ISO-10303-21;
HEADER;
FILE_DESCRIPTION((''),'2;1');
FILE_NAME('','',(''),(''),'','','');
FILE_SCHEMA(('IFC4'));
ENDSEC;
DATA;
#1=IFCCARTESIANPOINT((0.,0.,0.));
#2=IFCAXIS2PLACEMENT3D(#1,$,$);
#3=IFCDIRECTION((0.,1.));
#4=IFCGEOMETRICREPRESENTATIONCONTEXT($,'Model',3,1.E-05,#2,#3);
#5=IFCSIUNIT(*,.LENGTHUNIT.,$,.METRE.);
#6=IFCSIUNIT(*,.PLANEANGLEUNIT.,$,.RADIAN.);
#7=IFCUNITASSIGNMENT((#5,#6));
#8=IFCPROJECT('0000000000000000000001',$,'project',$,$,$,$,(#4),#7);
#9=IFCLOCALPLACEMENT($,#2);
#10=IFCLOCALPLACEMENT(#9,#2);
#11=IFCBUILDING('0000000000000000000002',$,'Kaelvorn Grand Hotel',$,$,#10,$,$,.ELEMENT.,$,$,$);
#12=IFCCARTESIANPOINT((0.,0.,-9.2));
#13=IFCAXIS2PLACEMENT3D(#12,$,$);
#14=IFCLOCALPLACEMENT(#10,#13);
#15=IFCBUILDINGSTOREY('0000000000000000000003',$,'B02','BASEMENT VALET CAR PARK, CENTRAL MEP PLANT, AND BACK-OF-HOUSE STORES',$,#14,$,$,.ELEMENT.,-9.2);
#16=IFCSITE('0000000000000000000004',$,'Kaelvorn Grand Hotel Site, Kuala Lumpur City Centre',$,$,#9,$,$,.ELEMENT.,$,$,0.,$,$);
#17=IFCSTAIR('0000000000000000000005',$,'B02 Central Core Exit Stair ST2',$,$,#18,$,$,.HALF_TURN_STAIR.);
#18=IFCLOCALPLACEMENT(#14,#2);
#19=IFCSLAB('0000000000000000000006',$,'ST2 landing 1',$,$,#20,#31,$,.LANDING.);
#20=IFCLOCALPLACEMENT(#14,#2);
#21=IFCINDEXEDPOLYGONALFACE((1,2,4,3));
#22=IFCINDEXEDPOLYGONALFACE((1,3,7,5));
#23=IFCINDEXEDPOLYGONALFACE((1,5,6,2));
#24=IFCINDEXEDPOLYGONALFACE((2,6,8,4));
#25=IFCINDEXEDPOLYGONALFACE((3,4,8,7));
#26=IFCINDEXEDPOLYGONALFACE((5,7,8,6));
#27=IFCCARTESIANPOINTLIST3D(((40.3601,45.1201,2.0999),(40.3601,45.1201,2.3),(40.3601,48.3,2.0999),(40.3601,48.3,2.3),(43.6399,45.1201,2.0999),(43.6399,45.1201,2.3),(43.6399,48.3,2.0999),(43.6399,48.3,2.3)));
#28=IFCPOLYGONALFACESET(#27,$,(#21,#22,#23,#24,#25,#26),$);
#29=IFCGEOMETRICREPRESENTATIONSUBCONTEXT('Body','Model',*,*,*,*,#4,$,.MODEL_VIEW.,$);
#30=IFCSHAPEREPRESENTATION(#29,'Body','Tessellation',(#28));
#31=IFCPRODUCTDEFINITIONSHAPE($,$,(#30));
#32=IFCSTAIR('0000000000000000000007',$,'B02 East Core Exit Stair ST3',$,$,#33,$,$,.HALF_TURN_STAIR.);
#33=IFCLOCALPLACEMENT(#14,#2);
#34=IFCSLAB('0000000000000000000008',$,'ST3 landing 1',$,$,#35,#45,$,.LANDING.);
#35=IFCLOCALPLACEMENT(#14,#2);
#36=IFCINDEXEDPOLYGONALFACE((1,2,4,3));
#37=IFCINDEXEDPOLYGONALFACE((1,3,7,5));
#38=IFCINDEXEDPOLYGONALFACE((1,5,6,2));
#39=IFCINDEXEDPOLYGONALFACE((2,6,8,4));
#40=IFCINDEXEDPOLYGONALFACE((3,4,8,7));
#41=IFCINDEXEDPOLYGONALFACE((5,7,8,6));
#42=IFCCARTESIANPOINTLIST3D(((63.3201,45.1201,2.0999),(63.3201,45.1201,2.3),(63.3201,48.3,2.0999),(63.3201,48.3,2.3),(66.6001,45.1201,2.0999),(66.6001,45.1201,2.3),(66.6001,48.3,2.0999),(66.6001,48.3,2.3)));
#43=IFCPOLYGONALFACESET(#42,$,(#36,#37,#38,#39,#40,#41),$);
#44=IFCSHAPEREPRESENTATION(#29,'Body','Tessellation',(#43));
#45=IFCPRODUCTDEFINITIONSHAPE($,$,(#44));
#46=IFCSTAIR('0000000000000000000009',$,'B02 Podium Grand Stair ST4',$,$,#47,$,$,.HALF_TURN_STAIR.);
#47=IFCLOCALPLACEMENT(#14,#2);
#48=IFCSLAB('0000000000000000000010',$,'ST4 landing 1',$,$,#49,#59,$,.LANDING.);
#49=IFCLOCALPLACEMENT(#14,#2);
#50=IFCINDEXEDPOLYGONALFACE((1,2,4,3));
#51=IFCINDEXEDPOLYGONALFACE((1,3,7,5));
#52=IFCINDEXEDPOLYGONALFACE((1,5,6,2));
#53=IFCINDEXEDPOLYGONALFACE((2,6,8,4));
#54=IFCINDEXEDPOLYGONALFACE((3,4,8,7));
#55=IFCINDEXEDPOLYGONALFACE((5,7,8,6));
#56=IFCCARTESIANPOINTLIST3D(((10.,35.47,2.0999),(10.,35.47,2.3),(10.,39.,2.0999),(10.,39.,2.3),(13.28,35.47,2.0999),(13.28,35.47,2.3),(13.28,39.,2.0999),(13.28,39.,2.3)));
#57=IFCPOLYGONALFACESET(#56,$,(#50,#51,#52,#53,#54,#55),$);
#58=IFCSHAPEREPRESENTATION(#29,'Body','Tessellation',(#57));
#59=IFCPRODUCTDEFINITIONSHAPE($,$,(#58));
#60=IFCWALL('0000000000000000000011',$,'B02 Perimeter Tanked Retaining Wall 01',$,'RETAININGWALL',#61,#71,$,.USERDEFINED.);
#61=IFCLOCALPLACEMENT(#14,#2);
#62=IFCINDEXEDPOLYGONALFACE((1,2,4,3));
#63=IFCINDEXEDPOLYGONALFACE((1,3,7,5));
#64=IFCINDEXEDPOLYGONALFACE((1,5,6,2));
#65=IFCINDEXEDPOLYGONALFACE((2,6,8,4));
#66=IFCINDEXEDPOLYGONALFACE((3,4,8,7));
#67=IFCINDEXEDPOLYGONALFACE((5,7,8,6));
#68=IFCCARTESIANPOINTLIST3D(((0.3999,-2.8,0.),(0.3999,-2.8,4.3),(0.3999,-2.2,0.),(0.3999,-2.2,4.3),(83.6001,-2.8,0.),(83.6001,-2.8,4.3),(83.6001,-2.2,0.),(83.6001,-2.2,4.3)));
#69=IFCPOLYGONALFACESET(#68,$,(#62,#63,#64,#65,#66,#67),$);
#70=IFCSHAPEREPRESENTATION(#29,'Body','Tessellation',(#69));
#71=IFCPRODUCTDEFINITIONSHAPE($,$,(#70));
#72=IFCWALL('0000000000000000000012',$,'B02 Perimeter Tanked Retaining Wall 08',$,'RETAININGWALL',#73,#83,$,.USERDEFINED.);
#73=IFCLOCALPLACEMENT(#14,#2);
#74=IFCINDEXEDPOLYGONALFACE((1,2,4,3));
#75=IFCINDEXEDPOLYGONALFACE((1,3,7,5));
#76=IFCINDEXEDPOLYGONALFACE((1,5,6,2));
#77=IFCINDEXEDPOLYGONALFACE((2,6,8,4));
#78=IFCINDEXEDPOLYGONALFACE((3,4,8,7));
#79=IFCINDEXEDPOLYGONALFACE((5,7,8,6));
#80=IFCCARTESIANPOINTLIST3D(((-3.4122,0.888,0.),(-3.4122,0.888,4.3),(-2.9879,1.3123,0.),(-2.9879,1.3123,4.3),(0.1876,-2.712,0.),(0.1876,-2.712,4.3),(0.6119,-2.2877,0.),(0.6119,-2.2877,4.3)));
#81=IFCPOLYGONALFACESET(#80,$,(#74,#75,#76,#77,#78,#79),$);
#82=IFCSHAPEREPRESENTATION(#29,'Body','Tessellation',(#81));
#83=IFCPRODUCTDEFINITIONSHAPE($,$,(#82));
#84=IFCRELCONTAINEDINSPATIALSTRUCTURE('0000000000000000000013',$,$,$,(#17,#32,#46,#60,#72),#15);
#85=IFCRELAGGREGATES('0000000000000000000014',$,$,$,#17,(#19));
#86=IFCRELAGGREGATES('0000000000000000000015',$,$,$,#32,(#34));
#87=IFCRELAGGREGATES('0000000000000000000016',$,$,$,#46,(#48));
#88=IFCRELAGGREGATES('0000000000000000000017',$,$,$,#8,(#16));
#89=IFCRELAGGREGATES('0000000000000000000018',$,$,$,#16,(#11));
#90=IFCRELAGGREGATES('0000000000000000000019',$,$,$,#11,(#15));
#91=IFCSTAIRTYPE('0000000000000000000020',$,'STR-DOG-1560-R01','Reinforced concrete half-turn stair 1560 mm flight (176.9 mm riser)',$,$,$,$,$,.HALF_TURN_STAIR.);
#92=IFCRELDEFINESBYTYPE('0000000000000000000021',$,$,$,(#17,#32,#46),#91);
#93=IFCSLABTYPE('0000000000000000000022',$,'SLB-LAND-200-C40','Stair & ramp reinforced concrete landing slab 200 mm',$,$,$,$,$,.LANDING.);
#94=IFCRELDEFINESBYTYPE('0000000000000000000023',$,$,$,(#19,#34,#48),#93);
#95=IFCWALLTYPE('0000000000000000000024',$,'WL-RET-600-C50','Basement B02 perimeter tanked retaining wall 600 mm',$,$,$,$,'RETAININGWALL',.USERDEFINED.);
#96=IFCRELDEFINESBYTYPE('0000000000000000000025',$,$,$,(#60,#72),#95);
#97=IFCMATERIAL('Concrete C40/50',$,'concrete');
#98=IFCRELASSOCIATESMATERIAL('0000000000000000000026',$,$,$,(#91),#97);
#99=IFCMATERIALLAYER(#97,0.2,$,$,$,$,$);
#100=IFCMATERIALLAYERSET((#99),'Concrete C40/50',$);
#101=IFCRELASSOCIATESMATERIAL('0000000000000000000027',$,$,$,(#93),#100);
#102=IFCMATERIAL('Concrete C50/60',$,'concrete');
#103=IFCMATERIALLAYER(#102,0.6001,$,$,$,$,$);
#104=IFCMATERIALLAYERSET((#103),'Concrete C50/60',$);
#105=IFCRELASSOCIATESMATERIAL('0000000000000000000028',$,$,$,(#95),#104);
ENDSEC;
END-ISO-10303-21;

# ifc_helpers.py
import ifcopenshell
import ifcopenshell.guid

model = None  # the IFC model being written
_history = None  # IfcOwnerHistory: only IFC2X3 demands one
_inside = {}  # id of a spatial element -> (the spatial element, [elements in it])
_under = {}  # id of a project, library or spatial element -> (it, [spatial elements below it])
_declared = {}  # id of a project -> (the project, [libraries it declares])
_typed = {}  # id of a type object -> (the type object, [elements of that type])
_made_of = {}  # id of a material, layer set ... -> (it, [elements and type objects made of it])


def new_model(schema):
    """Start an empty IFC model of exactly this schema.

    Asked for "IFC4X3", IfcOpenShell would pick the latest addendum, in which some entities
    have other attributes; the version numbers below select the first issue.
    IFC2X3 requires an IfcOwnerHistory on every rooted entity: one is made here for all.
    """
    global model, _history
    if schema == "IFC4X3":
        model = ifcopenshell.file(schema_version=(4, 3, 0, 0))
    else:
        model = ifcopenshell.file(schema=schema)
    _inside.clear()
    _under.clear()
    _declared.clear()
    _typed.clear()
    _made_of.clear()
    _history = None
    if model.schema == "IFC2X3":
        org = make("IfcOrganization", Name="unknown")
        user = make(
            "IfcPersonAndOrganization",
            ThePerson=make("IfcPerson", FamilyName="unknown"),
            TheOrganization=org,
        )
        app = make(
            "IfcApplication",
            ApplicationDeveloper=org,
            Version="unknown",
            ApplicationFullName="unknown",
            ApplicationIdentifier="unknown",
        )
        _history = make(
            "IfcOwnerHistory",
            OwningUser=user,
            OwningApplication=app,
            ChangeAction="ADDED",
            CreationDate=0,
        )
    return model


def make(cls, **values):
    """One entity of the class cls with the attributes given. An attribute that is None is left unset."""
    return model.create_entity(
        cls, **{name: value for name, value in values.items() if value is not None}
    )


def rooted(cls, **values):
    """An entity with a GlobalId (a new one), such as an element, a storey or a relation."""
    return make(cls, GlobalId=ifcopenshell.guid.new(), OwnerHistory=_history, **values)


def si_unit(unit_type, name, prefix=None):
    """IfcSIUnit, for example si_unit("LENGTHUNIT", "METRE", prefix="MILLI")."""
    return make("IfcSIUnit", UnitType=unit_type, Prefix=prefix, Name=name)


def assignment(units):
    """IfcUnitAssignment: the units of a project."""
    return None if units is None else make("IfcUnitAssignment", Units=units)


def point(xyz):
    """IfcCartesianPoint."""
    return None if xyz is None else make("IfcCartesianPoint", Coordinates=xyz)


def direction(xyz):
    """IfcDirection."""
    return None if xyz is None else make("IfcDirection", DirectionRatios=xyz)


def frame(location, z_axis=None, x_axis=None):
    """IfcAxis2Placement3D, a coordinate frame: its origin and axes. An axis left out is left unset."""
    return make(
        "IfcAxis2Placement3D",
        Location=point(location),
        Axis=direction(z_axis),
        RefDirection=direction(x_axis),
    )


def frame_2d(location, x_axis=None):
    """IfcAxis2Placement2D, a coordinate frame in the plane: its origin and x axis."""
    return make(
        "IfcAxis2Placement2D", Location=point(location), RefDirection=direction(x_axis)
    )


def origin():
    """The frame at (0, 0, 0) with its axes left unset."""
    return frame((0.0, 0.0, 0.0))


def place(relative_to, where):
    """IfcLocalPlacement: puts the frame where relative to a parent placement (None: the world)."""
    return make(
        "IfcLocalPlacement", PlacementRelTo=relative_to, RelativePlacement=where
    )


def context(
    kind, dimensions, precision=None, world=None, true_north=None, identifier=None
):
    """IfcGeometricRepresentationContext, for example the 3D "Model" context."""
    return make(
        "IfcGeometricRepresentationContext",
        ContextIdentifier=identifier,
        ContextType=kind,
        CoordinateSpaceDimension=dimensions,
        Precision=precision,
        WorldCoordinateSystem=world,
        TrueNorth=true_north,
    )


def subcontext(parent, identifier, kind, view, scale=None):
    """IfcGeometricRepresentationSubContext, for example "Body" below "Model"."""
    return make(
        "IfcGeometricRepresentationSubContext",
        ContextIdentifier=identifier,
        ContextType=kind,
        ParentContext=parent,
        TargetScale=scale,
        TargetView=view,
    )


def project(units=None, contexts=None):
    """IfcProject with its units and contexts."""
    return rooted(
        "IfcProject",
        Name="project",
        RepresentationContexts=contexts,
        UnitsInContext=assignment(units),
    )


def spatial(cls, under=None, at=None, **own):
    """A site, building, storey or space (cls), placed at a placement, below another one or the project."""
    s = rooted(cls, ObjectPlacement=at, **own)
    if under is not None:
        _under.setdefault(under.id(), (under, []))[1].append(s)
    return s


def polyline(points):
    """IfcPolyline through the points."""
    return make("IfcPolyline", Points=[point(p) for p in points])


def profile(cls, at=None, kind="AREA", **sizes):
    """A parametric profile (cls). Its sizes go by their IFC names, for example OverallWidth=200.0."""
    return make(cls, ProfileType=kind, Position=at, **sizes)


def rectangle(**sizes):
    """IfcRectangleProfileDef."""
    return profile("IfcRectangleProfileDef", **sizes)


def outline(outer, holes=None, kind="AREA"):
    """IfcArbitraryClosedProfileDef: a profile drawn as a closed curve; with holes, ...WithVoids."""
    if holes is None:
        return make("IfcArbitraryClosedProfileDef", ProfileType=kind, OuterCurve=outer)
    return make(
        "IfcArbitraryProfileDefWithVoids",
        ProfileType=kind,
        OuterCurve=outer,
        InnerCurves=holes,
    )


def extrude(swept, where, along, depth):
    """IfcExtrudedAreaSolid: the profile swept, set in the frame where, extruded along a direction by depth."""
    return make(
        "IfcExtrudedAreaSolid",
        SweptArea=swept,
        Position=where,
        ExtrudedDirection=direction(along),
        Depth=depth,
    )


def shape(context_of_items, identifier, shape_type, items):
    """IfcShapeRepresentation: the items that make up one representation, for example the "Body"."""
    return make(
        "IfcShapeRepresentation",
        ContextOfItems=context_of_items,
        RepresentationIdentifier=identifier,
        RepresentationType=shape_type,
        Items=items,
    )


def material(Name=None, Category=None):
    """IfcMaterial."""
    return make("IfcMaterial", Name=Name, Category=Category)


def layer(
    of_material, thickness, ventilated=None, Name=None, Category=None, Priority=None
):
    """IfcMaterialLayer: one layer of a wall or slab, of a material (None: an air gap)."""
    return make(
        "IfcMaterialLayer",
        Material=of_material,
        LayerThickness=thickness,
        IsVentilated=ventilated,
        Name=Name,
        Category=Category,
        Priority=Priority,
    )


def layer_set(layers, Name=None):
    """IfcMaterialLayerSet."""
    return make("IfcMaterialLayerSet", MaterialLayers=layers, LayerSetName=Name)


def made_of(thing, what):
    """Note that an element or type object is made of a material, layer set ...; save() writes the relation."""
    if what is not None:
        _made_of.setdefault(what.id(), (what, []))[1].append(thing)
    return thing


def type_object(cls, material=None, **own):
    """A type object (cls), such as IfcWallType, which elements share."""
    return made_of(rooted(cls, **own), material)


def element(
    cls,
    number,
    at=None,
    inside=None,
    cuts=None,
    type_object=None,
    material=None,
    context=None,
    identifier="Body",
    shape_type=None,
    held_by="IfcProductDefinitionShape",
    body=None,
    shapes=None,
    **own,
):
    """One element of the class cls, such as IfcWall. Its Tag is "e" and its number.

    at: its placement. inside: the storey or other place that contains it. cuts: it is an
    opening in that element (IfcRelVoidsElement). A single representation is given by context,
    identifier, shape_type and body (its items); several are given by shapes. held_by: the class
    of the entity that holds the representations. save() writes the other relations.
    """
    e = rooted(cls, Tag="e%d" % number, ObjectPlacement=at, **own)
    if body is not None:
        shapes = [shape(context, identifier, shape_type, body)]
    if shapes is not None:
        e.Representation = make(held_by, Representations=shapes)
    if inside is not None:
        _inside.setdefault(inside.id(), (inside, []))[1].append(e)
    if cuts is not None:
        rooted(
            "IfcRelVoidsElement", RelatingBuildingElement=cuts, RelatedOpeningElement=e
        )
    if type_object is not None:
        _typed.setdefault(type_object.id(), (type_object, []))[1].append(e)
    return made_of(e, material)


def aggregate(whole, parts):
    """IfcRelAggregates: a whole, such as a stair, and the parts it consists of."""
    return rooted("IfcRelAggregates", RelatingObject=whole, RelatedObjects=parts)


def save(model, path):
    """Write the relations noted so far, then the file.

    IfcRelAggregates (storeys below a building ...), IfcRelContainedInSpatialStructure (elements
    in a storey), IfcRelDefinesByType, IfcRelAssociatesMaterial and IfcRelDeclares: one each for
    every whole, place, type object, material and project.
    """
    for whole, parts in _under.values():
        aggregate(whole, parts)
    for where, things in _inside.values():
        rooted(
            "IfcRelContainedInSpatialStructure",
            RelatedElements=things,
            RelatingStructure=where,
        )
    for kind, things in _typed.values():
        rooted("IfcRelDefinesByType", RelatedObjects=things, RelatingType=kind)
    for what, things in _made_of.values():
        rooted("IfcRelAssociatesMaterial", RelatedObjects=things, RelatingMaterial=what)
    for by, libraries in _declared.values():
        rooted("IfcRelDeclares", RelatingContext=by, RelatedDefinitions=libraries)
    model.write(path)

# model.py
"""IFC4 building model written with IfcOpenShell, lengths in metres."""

from ifc_helpers import new_model, si_unit, direction, frame, frame_2d, origin, place, context, subcontext, project, spatial, polyline, rectangle, outline, extrude, material, layer, layer_set, type_object, element, aggregate, save


model = new_model("IFC4")

# Units and contexts
model_context = context("Model", 3, precision=1e-05, world=origin(), true_north=direction((0.0, 1.0)))
body_context = subcontext(model_context, "Body", "Model", "MODEL_VIEW")
ifc_project = project(units=[si_unit("LENGTHUNIT", "METRE"), si_unit("PLANEANGLEUNIT", "RADIAN")], contexts=[model_context])

# Site, building, storey
site_placement = place(None, origin())
site = spatial("IfcSite", under=ifc_project, at=site_placement, Name="Kaelvorn Grand Hotel Site, Kuala Lumpur City Centre", CompositionType="ELEMENT", RefElevation=0.0)
building_placement = place(site_placement, origin())
building = spatial("IfcBuilding", under=site, at=building_placement, Name="Kaelvorn Grand Hotel", CompositionType="ELEMENT")
storey_placement = place(building_placement, frame((0.0, 0.0, -9.2)))
storey = spatial("IfcBuildingStorey", under=building, at=storey_placement, Name="B02", Description="BASEMENT VALET CAR PARK, CENTRAL MEP PLANT, AND BACK-OF-HOUSE STORES", CompositionType="ELEMENT", Elevation=-9.2)

# Shared definitions
ifc_material_1 = material(Name="Concrete C50/60", Category="concrete")

# Shared definitions
ifc_material_2 = material(Name="Concrete C40/50", Category="concrete")

# Stairs, slabs
stair_type = type_object("IfcStairType", Name="STR-DOG-1560-R01", Description="Reinforced concrete half-turn stair 1560 mm flight (176.9 mm riser)", PredefinedType="HALF_TURN_STAIR", material=ifc_material_2)
ifc_layer_1 = layer(ifc_material_2, 0.2)
ifc_layer_set_1 = layer_set([ifc_layer_1], Name="Concrete C40/50")
slab_type_1 = type_object("IfcSlabType", Name="SLB-LAND-200-C40", Description="Stair & ramp reinforced concrete landing slab 200 mm", PredefinedType="LANDING", material=ifc_layer_set_1)
stair_1_placement = place(storey_placement, origin())
stair_1 = element("IfcStair", 1, at=stair_1_placement, inside=storey, type_object=stair_type, Name="B02 Central Core Exit Stair ST2", PredefinedType="HALF_TURN_STAIR")
slab_1_placement = place(storey_placement, frame((0.0, 0.0, 2.0999)))
slab_1 = element("IfcSlab", 2, at=slab_1_placement, type_object=slab_type_1, Name="ST2 landing 1", PredefinedType="LANDING", context=body_context, shape_type="SweptSolid", body=[
    extrude(outline(polyline([(43.6399, 45.1201), (43.6399, 48.3), (40.3601, 48.3), (40.3601, 45.1201), (43.6399, 45.1201)])), origin(), (0.0, 0.0, 1.0), 0.2002),
])
aggregate(stair_1, [slab_1])
stair_2_placement = place(storey_placement, origin())
stair_2 = element("IfcStair", 3, at=stair_2_placement, inside=storey, type_object=stair_type, Name="B02 East Core Exit Stair ST3", PredefinedType="HALF_TURN_STAIR")
slab_2_placement = place(storey_placement, frame((0.0, 0.0, 2.0999)))
slab_2 = element("IfcSlab", 4, at=slab_2_placement, type_object=slab_type_1, Name="ST3 landing 1", PredefinedType="LANDING", context=body_context, shape_type="SweptSolid", body=[
    extrude(outline(polyline([(66.6001, 45.1201), (66.6001, 48.3), (63.3201, 48.3), (63.3201, 45.1201), (66.6001, 45.1201)])), origin(), (0.0, 0.0, 1.0), 0.2002),
])
aggregate(stair_2, [slab_2])
stair_3_placement = place(storey_placement, origin())
stair_3 = element("IfcStair", 5, at=stair_3_placement, inside=storey, type_object=stair_type, Name="B02 Podium Grand Stair ST4", PredefinedType="HALF_TURN_STAIR")
slab_3_placement = place(storey_placement, frame((0.0, 0.0, 2.0999)))
slab_3 = element("IfcSlab", 6, at=slab_3_placement, type_object=slab_type_1, Name="ST4 landing 1", PredefinedType="LANDING", context=body_context, shape_type="SweptSolid", body=[
    extrude(outline(polyline([(13.28, 35.47), (13.28, 39.0), (10.0, 39.0), (10.0, 35.47), (13.28, 35.47)])), origin(), (0.0, 0.0, 1.0), 0.2002),
])
aggregate(stair_3, [slab_3])

# Walls
ifc_layer_2 = layer(ifc_material_1, 0.6001)
ifc_layer_set_2 = layer_set([ifc_layer_2], Name="Concrete C50/60")
wall_type = type_object("IfcWallType", Name="WL-RET-600-C50", Description="Basement B02 perimeter tanked retaining wall 600 mm", ElementType="RETAININGWALL", PredefinedType="USERDEFINED", material=ifc_layer_set_2)
wall_1_placement = place(storey_placement, frame((0.3999, -2.5, 0.0), z_axis=(0.0, 0.0, 1.0), x_axis=(1.0, 0.0, 0.0)))
element("IfcWall", 7, at=wall_1_placement, inside=storey, type_object=wall_type, Name="B02 Perimeter Tanked Retaining Wall 01", ObjectType="RETAININGWALL", PredefinedType="USERDEFINED", context=body_context, shape_type="SweptSolid", body=[
    extrude(rectangle(XDim=83.2002, YDim=0.6001, at=frame_2d((41.6001, 0.0))), origin(), (0.0, 0.0, 1.0), 4.3),
])
wall_2_placement = place(storey_placement, frame((-3.2, 1.1001, 0.0), z_axis=(0.0, 0.0, 1.0), x_axis=(0.707083, -0.707131, 0.0)))
element("IfcWall", 8, at=wall_2_placement, inside=storey, type_object=wall_type, Name="B02 Perimeter Tanked Retaining Wall 08", ObjectType="RETAININGWALL", PredefinedType="USERDEFINED", context=body_context, shape_type="SweptSolid", body=[
    extrude(rectangle(XDim=5.0911, YDim=0.6001, at=frame_2d((2.5454, 0.0))), origin(), (0.0, 0.0, 1.0), 4.3),
])

save(model, "model.ifc")
